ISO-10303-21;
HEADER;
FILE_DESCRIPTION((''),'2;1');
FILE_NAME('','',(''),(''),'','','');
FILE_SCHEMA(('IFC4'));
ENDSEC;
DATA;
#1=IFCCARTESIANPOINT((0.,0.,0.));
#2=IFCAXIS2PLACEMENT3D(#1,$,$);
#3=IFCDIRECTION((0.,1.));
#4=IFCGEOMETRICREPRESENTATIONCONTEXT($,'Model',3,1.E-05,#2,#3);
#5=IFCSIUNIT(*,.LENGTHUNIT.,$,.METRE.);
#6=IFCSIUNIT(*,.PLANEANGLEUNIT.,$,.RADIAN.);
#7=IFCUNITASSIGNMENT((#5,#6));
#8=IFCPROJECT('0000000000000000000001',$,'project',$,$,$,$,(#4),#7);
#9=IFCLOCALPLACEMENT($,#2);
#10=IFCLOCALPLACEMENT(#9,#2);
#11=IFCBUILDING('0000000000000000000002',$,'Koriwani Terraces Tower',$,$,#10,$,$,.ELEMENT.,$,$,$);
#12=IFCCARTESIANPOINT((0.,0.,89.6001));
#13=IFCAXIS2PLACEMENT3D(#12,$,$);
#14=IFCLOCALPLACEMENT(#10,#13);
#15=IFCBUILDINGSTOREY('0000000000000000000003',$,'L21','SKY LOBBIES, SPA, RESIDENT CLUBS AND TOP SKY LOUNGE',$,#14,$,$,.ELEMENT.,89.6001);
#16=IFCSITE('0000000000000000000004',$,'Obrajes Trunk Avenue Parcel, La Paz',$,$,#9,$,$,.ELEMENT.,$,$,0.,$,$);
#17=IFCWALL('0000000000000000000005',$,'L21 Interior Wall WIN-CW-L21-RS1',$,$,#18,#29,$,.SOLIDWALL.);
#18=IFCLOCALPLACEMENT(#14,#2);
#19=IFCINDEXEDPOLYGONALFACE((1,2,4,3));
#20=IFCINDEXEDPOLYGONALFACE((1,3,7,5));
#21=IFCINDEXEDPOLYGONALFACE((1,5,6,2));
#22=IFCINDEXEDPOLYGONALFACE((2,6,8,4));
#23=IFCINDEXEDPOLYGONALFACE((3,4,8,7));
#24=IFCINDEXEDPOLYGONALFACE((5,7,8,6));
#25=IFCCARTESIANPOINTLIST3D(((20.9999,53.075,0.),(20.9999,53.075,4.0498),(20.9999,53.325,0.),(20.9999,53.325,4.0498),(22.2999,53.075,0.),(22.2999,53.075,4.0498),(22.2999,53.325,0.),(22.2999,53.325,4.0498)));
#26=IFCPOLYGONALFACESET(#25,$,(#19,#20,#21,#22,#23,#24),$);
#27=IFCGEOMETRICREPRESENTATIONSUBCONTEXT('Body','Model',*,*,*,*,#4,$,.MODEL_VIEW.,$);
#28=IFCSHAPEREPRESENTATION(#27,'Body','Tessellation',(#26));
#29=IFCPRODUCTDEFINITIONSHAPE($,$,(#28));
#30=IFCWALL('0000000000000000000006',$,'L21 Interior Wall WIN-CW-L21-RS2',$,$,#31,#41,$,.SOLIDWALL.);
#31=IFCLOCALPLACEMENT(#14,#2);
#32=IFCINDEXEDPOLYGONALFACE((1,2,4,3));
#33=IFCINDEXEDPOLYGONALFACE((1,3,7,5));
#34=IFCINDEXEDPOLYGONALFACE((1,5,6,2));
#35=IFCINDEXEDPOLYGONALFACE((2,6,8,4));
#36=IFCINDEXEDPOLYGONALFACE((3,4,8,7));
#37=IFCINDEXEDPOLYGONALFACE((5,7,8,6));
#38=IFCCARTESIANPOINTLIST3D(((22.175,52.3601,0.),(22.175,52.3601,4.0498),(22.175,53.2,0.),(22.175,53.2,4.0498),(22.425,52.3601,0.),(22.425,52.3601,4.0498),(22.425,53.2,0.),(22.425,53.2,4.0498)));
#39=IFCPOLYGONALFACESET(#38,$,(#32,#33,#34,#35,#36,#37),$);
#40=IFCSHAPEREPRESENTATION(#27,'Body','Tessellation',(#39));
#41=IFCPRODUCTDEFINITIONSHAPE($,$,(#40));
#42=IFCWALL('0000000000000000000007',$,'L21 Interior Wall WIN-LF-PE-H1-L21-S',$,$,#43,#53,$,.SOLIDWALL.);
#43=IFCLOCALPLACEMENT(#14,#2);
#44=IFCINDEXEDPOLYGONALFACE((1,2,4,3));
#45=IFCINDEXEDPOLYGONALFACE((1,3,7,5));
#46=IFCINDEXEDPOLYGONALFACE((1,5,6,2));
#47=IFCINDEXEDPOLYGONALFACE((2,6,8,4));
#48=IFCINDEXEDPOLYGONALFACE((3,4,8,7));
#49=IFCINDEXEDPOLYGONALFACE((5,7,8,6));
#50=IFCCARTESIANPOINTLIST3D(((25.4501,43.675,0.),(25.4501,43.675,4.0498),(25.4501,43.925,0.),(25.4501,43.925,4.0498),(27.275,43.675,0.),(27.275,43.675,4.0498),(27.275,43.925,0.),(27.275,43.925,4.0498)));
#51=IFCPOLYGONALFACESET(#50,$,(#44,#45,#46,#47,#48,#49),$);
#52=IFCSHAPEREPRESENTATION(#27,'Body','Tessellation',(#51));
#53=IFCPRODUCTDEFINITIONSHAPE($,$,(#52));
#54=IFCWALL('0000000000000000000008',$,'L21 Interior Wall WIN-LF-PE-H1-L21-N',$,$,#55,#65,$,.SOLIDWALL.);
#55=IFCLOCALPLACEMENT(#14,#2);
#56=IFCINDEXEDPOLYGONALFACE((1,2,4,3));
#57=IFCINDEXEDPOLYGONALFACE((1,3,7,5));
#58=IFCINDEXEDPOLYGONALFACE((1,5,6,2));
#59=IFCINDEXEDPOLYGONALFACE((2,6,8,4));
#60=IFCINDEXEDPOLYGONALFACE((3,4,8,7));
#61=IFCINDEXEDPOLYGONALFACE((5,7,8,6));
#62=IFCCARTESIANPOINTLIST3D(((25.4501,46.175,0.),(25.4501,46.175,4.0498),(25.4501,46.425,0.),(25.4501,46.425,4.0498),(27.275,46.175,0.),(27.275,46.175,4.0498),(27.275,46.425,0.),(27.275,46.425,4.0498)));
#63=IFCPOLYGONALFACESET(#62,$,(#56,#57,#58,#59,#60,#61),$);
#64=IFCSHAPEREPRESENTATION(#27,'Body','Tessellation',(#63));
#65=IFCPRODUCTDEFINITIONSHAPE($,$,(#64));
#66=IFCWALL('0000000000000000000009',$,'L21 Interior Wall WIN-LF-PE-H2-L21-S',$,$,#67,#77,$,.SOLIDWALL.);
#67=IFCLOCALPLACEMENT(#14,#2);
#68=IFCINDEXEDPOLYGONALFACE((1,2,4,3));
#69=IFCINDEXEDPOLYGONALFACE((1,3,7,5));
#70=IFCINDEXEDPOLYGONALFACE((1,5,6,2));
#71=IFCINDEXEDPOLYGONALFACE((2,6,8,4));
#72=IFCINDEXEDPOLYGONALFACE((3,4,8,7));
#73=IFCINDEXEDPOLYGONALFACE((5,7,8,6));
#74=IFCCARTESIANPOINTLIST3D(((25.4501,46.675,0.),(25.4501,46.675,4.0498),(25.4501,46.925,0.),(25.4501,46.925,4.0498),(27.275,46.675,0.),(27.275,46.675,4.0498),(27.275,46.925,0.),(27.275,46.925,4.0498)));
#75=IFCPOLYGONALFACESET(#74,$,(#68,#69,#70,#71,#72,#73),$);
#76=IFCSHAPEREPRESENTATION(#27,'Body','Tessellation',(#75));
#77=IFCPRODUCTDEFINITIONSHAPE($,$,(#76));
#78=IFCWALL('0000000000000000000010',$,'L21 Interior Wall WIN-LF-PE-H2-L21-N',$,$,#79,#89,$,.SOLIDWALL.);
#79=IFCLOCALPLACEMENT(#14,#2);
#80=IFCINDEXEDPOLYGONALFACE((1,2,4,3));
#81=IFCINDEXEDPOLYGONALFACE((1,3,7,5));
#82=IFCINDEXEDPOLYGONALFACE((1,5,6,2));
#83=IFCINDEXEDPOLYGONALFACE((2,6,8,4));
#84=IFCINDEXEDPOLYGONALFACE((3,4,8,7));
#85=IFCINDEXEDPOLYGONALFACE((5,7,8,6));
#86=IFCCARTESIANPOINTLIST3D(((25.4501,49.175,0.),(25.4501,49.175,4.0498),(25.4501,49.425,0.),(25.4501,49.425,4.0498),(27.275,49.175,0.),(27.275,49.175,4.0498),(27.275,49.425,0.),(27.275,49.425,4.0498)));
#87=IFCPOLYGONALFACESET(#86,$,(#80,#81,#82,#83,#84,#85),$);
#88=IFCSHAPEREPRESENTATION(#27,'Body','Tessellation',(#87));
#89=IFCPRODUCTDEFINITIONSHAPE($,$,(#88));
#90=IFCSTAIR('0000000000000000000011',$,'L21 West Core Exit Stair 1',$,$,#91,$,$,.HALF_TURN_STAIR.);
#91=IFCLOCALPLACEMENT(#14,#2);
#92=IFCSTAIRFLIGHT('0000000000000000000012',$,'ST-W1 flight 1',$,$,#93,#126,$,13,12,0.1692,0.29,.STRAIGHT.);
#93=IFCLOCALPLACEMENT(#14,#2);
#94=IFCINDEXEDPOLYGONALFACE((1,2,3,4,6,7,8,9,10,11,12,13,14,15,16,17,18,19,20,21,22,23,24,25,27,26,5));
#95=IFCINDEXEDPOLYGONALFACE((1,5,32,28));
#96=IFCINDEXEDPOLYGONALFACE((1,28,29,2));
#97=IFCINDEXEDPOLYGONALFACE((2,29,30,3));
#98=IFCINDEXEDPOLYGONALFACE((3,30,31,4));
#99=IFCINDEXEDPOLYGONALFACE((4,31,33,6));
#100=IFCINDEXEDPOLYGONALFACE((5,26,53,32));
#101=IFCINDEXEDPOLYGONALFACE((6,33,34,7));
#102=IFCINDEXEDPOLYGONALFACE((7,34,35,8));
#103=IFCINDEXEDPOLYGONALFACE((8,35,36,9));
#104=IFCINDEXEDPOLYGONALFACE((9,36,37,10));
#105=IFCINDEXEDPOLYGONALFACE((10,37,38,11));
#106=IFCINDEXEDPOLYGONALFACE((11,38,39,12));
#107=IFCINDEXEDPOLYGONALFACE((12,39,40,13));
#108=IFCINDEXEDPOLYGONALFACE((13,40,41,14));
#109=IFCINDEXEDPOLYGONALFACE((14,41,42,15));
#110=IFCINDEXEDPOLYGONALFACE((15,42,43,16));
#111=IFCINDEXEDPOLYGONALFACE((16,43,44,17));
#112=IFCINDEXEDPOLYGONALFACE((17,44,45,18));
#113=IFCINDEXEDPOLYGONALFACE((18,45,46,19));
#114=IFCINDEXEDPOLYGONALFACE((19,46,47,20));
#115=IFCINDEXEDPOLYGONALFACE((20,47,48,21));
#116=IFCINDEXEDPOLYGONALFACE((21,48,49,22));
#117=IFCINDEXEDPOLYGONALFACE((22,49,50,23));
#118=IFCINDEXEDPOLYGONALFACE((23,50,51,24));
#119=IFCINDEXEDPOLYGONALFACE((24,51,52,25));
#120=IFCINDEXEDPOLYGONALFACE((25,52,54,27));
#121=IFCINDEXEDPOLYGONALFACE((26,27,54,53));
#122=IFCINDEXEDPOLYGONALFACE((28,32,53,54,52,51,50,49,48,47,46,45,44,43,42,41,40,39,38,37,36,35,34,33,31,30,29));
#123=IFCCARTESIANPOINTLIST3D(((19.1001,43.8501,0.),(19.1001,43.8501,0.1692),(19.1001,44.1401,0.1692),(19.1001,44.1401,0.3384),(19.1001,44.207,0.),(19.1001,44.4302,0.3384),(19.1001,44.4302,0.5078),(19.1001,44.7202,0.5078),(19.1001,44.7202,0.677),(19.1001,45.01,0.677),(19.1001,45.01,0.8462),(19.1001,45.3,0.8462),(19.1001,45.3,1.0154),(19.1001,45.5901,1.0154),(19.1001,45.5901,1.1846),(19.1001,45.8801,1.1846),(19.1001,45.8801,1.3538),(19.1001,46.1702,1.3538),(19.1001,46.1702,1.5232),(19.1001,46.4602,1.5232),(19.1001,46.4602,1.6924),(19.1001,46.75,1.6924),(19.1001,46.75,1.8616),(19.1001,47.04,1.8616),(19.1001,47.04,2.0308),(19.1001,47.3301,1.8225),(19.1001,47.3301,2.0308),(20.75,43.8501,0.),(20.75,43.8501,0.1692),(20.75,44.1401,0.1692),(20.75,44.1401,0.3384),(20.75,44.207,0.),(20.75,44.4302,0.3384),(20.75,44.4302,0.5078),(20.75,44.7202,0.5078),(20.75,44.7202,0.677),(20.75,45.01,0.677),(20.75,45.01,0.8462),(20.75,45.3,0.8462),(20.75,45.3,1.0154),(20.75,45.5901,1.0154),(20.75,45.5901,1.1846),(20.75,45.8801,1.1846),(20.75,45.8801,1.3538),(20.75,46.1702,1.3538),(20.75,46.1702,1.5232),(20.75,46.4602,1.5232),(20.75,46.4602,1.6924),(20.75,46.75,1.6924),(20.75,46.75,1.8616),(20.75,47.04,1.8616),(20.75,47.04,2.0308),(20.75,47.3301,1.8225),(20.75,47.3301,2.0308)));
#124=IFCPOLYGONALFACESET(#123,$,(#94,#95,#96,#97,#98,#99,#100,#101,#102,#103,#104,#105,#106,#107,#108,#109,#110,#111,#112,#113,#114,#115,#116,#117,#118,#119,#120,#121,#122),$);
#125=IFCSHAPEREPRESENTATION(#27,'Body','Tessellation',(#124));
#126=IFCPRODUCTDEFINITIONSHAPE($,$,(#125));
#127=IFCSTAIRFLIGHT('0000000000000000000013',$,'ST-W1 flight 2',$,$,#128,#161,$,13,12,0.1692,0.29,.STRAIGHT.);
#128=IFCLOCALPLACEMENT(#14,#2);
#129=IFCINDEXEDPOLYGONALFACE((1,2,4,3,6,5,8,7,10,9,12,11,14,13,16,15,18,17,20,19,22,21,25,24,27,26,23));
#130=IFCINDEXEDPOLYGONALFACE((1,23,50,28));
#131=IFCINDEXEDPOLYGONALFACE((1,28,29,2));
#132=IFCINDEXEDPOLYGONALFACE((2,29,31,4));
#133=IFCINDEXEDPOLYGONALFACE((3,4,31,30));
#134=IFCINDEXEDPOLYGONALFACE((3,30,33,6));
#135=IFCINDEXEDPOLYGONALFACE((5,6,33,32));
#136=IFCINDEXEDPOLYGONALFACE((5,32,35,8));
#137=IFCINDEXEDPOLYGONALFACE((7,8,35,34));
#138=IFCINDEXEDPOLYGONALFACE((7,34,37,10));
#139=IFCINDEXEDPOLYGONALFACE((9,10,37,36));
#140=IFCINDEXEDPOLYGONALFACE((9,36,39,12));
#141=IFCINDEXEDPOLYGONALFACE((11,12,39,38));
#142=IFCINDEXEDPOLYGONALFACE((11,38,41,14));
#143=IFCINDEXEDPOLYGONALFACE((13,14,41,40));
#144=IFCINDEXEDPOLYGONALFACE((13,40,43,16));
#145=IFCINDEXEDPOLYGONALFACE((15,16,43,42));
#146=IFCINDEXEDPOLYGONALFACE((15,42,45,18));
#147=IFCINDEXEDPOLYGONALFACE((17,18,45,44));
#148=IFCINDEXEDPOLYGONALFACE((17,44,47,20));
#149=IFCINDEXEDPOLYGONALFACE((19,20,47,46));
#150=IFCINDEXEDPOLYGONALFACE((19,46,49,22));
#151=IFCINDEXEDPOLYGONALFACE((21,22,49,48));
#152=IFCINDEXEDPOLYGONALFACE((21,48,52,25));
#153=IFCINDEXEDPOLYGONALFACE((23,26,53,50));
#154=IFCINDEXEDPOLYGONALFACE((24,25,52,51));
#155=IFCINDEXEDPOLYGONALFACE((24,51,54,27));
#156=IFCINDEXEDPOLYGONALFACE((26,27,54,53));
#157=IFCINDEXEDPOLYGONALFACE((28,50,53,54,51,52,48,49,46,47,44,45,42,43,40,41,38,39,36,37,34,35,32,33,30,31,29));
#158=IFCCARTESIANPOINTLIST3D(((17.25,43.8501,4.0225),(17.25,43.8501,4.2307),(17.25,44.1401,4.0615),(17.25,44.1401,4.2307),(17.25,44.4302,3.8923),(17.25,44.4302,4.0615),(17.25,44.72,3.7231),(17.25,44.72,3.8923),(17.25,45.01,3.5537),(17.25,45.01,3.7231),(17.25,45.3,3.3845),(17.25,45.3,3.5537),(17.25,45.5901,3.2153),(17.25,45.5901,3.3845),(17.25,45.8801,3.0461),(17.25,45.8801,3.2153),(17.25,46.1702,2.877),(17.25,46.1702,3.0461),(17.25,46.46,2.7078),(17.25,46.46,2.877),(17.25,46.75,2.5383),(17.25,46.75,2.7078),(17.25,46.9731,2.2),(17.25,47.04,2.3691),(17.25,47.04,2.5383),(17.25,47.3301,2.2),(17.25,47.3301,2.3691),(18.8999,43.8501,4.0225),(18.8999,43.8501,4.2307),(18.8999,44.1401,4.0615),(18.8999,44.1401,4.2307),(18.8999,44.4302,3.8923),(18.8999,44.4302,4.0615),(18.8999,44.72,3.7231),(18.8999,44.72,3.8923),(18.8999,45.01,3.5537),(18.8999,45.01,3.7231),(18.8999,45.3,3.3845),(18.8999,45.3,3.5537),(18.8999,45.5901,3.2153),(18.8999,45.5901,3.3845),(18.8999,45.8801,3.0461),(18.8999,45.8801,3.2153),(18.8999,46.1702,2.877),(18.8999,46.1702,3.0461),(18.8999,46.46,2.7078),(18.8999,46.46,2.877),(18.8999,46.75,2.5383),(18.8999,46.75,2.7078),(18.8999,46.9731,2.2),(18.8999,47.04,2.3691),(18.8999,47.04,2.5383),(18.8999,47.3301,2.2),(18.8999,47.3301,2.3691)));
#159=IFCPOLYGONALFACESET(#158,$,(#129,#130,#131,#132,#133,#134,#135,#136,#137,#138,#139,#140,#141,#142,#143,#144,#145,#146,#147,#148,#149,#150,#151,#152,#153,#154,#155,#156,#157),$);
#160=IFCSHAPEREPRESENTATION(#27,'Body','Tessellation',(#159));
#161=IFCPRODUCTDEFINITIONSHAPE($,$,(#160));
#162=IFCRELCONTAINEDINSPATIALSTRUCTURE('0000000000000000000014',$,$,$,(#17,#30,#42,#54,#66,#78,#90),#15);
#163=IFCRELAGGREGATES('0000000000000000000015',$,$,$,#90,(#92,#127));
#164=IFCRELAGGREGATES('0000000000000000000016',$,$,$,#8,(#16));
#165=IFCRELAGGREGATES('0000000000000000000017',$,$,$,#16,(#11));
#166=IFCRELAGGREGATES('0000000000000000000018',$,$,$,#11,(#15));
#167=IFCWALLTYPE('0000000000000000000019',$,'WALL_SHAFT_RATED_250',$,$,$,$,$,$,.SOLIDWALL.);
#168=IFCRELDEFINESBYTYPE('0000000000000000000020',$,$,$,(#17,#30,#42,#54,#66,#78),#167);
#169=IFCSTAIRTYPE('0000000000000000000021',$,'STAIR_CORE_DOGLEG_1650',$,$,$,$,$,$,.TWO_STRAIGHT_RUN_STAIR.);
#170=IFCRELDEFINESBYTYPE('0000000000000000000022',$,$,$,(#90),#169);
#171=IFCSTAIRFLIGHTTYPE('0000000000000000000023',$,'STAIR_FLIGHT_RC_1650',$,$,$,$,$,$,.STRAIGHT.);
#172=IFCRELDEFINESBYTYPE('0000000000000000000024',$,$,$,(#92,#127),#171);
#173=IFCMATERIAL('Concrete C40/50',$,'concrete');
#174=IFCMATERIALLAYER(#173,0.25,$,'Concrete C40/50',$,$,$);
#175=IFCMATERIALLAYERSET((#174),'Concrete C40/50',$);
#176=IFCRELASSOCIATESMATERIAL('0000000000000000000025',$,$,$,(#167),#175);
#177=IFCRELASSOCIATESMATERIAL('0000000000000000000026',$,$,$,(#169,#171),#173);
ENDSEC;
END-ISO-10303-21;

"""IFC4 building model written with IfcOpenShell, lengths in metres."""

from ifc_helpers import new_model, si_unit, direction, frame, frame_2d, origin, place, context, subcontext, project, spatial, polyline, rectangle, outline, extrude, material, layer, layer_set, type_object, element, aggregate, save


model = new_model("IFC4")

# Units and contexts
model_context = context("Model", 3, precision=1e-05, world=origin(), true_north=direction((0.0, 1.0)))
body_context = subcontext(model_context, "Body", "Model", "MODEL_VIEW")
ifc_project = project(units=[si_unit("LENGTHUNIT", "METRE"), si_unit("PLANEANGLEUNIT", "RADIAN")], contexts=[model_context])

# Site, building, storey
site_placement = place(None, origin())
site = spatial("IfcSite", under=ifc_project, at=site_placement, Name="Obrajes Trunk Avenue Parcel, La Paz", CompositionType="ELEMENT", RefElevation=0.0)
building_placement = place(site_placement, origin())
building = spatial("IfcBuilding", under=site, at=building_placement, Name="Koriwani Terraces Tower", CompositionType="ELEMENT")
storey_placement = place(building_placement, frame((0.0, 0.0, 89.6001)))
storey = spatial("IfcBuildingStorey", under=building, at=storey_placement, Name="L21", Description="SKY LOBBIES, SPA, RESIDENT CLUBS AND TOP SKY LOUNGE", CompositionType="ELEMENT", Elevation=89.6001)

# Shared definitions
ifc_material_1 = material(Name="Concrete C40/50", Category="concrete")
ifc_layer_1 = layer(ifc_material_1, 0.25, Name="Concrete C40/50")
ifc_layer_set_1 = layer_set([ifc_layer_1], Name="Concrete C40/50")
wall_type_1 = type_object("IfcWallType", Name="WALL_SHAFT_RATED_250", PredefinedType="SOLIDWALL", material=ifc_layer_set_1)

# Walls
wall_1_placement = place(storey_placement, frame((21.0, 53.2, 0.0), z_axis=(0.0, 0.0, 1.0), x_axis=(1.0, 0.0, 0.0)))
element("IfcWall", 1, at=wall_1_placement, inside=storey, type_object=wall_type_1, Name="L21 Interior Wall WIN-CW-L21-RS1", PredefinedType="SOLIDWALL", context=body_context, shape_type="SweptSolid", body=[
    extrude(rectangle(XDim=1.3, YDim=0.25, at=frame_2d((0.6499, 0.0))), origin(), (0.0, 0.0, 1.0), 4.0498),
])
wall_2_placement = place(storey_placement, frame((22.3, 52.3601, 0.0), z_axis=(0.0, 0.0, 1.0), x_axis=(0.0, 1.0, 0.0)))
element("IfcWall", 2, at=wall_2_placement, inside=storey, type_object=wall_type_1, Name="L21 Interior Wall WIN-CW-L21-RS2", PredefinedType="SOLIDWALL", context=body_context, shape_type="SweptSolid", body=[
    extrude(rectangle(XDim=0.8398, YDim=0.25, at=frame_2d((0.4199, 0.0))), origin(), (0.0, 0.0, 1.0), 4.0498),
])
for number, where, z_axis, x_axis, name in (
    (3, (25.45, 43.8, 0.0), (0.0, 0.0, 1.0), (1.0, 0.0, 0.0), "L21 Interior Wall WIN-LF-PE-H1-L21-S"),
    (4, (25.45, 46.3, 0.0), (0.0, 0.0, 1.0), (1.0, 0.0, 0.0), "L21 Interior Wall WIN-LF-PE-H1-L21-N"),
    (5, (25.45, 46.8, 0.0), (0.0, 0.0, 1.0), (1.0, 0.0, 0.0), "L21 Interior Wall WIN-LF-PE-H2-L21-S"),
    (6, (25.45, 49.3, 0.0), (0.0, 0.0, 1.0), (1.0, 0.0, 0.0), "L21 Interior Wall WIN-LF-PE-H2-L21-N"),
):
    element("IfcWall", number, at=place(storey_placement, frame(where, z_axis=z_axis, x_axis=x_axis)), inside=storey, type_object=wall_type_1, Name=name, PredefinedType="SOLIDWALL", context=body_context, shape_type="SweptSolid", body=[
        extrude(rectangle(XDim=1.825, YDim=0.25, at=frame_2d((0.9126, 0.0))), origin(), (0.0, 0.0, 1.0), 4.0498),
    ])

# Stair, stair flights
stair_type = type_object("IfcStairType", Name="STAIR_CORE_DOGLEG_1650", PredefinedType="TWO_STRAIGHT_RUN_STAIR", material=ifc_material_1)
stair_placement = place(storey_placement, origin())
stair = element("IfcStair", 7, at=stair_placement, inside=storey, type_object=stair_type, Name="L21 West Core Exit Stair 1", PredefinedType="HALF_TURN_STAIR")
stair_flight_type = type_object("IfcStairFlightType", Name="STAIR_FLIGHT_RC_1650", PredefinedType="STRAIGHT", material=ifc_material_1)
stair_flight_1_placement = place(storey_placement, frame((19.925, 43.8501, 0.0), z_axis=(0.0, 0.0, 1.0), x_axis=(0.0, 1.0, 0.0)))
stair_flight_1 = element("IfcStairFlight", 8, at=stair_flight_1_placement, type_object=stair_flight_type, Name="ST-W1 flight 1", NumberOfRisers=13, NumberOfTreads=12, PredefinedType="STRAIGHT", RiserHeight=0.1692, TreadLength=0.29, context=body_context, shape_type="SweptSolid", body=[
    extrude(outline(polyline([(0.0, 0.0), (0.0, 0.1692), (0.29, 0.1692), (0.29, 0.3384), (0.5801, 0.3384), (0.5801, 0.5078), (0.8701, 0.5078), (0.8701, 0.677), (1.1599, 0.677), (1.1599, 0.8462), (1.45, 0.8462), (1.45, 1.0154), (1.74, 1.0154), (1.74, 1.1846), (2.03, 1.1846), (2.03, 1.3538), (2.3201, 1.3538), (2.3201, 1.5232), (2.6101, 1.5232), (2.6101, 1.6924), (2.8999, 1.6924), (2.8999, 1.8616), (3.1899, 1.8616), (3.1899, 2.0308), (3.48, 2.0308), (3.48, 2.2), (3.48, 1.8225), (0.3569, 0.0), (0.0, 0.0)])), frame((0.0, 0.825, 0.0), z_axis=(0.0, -1.0, 0.0), x_axis=(1.0, 0.0, 0.0)), (0.0, 0.0, 1.0), 1.6499),
])
stair_flight_2_placement = place(storey_placement, frame((18.075, 47.3301, 2.2), z_axis=(0.0, 0.0, 1.0), x_axis=(0.0, -1.0, 0.0)))
stair_flight_2 = element("IfcStairFlight", 9, at=stair_flight_2_placement, type_object=stair_flight_type, Name="ST-W1 flight 2", NumberOfRisers=13, NumberOfTreads=12, PredefinedType="STRAIGHT", RiserHeight=0.1692, TreadLength=0.29, context=body_context, shape_type="SweptSolid", body=[
    extrude(outline(polyline([(0.0, 0.0), (0.0, 0.1692), (0.29, 0.1692), (0.29, 0.3384), (0.5801, 0.3384), (0.5801, 0.5078), (0.8701, 0.5078), (0.8701, 0.677), (1.1599, 0.677), (1.1599, 0.8462), (1.45, 0.8462), (1.45, 1.0154), (1.74, 1.0154), (1.74, 1.1846), (2.03, 1.1846), (2.03, 1.3538), (2.3201, 1.3538), (2.3201, 1.5232), (2.6101, 1.5232), (2.6101, 1.6924), (2.8999, 1.6924), (2.8999, 1.8616), (3.1899, 1.8616), (3.1899, 2.0308), (3.48, 2.0308), (3.48, 2.2), (3.48, 1.8225), (0.3569, 0.0), (0.0, 0.0)])), frame((0.0, 0.825, 0.0), z_axis=(0.0, -1.0, 0.0), x_axis=(1.0, 0.0, 0.0)), (0.0, 0.0, 1.0), 1.6499),
])
aggregate(stair, [stair_flight_1, stair_flight_2])

save(model, "model.ifc")
